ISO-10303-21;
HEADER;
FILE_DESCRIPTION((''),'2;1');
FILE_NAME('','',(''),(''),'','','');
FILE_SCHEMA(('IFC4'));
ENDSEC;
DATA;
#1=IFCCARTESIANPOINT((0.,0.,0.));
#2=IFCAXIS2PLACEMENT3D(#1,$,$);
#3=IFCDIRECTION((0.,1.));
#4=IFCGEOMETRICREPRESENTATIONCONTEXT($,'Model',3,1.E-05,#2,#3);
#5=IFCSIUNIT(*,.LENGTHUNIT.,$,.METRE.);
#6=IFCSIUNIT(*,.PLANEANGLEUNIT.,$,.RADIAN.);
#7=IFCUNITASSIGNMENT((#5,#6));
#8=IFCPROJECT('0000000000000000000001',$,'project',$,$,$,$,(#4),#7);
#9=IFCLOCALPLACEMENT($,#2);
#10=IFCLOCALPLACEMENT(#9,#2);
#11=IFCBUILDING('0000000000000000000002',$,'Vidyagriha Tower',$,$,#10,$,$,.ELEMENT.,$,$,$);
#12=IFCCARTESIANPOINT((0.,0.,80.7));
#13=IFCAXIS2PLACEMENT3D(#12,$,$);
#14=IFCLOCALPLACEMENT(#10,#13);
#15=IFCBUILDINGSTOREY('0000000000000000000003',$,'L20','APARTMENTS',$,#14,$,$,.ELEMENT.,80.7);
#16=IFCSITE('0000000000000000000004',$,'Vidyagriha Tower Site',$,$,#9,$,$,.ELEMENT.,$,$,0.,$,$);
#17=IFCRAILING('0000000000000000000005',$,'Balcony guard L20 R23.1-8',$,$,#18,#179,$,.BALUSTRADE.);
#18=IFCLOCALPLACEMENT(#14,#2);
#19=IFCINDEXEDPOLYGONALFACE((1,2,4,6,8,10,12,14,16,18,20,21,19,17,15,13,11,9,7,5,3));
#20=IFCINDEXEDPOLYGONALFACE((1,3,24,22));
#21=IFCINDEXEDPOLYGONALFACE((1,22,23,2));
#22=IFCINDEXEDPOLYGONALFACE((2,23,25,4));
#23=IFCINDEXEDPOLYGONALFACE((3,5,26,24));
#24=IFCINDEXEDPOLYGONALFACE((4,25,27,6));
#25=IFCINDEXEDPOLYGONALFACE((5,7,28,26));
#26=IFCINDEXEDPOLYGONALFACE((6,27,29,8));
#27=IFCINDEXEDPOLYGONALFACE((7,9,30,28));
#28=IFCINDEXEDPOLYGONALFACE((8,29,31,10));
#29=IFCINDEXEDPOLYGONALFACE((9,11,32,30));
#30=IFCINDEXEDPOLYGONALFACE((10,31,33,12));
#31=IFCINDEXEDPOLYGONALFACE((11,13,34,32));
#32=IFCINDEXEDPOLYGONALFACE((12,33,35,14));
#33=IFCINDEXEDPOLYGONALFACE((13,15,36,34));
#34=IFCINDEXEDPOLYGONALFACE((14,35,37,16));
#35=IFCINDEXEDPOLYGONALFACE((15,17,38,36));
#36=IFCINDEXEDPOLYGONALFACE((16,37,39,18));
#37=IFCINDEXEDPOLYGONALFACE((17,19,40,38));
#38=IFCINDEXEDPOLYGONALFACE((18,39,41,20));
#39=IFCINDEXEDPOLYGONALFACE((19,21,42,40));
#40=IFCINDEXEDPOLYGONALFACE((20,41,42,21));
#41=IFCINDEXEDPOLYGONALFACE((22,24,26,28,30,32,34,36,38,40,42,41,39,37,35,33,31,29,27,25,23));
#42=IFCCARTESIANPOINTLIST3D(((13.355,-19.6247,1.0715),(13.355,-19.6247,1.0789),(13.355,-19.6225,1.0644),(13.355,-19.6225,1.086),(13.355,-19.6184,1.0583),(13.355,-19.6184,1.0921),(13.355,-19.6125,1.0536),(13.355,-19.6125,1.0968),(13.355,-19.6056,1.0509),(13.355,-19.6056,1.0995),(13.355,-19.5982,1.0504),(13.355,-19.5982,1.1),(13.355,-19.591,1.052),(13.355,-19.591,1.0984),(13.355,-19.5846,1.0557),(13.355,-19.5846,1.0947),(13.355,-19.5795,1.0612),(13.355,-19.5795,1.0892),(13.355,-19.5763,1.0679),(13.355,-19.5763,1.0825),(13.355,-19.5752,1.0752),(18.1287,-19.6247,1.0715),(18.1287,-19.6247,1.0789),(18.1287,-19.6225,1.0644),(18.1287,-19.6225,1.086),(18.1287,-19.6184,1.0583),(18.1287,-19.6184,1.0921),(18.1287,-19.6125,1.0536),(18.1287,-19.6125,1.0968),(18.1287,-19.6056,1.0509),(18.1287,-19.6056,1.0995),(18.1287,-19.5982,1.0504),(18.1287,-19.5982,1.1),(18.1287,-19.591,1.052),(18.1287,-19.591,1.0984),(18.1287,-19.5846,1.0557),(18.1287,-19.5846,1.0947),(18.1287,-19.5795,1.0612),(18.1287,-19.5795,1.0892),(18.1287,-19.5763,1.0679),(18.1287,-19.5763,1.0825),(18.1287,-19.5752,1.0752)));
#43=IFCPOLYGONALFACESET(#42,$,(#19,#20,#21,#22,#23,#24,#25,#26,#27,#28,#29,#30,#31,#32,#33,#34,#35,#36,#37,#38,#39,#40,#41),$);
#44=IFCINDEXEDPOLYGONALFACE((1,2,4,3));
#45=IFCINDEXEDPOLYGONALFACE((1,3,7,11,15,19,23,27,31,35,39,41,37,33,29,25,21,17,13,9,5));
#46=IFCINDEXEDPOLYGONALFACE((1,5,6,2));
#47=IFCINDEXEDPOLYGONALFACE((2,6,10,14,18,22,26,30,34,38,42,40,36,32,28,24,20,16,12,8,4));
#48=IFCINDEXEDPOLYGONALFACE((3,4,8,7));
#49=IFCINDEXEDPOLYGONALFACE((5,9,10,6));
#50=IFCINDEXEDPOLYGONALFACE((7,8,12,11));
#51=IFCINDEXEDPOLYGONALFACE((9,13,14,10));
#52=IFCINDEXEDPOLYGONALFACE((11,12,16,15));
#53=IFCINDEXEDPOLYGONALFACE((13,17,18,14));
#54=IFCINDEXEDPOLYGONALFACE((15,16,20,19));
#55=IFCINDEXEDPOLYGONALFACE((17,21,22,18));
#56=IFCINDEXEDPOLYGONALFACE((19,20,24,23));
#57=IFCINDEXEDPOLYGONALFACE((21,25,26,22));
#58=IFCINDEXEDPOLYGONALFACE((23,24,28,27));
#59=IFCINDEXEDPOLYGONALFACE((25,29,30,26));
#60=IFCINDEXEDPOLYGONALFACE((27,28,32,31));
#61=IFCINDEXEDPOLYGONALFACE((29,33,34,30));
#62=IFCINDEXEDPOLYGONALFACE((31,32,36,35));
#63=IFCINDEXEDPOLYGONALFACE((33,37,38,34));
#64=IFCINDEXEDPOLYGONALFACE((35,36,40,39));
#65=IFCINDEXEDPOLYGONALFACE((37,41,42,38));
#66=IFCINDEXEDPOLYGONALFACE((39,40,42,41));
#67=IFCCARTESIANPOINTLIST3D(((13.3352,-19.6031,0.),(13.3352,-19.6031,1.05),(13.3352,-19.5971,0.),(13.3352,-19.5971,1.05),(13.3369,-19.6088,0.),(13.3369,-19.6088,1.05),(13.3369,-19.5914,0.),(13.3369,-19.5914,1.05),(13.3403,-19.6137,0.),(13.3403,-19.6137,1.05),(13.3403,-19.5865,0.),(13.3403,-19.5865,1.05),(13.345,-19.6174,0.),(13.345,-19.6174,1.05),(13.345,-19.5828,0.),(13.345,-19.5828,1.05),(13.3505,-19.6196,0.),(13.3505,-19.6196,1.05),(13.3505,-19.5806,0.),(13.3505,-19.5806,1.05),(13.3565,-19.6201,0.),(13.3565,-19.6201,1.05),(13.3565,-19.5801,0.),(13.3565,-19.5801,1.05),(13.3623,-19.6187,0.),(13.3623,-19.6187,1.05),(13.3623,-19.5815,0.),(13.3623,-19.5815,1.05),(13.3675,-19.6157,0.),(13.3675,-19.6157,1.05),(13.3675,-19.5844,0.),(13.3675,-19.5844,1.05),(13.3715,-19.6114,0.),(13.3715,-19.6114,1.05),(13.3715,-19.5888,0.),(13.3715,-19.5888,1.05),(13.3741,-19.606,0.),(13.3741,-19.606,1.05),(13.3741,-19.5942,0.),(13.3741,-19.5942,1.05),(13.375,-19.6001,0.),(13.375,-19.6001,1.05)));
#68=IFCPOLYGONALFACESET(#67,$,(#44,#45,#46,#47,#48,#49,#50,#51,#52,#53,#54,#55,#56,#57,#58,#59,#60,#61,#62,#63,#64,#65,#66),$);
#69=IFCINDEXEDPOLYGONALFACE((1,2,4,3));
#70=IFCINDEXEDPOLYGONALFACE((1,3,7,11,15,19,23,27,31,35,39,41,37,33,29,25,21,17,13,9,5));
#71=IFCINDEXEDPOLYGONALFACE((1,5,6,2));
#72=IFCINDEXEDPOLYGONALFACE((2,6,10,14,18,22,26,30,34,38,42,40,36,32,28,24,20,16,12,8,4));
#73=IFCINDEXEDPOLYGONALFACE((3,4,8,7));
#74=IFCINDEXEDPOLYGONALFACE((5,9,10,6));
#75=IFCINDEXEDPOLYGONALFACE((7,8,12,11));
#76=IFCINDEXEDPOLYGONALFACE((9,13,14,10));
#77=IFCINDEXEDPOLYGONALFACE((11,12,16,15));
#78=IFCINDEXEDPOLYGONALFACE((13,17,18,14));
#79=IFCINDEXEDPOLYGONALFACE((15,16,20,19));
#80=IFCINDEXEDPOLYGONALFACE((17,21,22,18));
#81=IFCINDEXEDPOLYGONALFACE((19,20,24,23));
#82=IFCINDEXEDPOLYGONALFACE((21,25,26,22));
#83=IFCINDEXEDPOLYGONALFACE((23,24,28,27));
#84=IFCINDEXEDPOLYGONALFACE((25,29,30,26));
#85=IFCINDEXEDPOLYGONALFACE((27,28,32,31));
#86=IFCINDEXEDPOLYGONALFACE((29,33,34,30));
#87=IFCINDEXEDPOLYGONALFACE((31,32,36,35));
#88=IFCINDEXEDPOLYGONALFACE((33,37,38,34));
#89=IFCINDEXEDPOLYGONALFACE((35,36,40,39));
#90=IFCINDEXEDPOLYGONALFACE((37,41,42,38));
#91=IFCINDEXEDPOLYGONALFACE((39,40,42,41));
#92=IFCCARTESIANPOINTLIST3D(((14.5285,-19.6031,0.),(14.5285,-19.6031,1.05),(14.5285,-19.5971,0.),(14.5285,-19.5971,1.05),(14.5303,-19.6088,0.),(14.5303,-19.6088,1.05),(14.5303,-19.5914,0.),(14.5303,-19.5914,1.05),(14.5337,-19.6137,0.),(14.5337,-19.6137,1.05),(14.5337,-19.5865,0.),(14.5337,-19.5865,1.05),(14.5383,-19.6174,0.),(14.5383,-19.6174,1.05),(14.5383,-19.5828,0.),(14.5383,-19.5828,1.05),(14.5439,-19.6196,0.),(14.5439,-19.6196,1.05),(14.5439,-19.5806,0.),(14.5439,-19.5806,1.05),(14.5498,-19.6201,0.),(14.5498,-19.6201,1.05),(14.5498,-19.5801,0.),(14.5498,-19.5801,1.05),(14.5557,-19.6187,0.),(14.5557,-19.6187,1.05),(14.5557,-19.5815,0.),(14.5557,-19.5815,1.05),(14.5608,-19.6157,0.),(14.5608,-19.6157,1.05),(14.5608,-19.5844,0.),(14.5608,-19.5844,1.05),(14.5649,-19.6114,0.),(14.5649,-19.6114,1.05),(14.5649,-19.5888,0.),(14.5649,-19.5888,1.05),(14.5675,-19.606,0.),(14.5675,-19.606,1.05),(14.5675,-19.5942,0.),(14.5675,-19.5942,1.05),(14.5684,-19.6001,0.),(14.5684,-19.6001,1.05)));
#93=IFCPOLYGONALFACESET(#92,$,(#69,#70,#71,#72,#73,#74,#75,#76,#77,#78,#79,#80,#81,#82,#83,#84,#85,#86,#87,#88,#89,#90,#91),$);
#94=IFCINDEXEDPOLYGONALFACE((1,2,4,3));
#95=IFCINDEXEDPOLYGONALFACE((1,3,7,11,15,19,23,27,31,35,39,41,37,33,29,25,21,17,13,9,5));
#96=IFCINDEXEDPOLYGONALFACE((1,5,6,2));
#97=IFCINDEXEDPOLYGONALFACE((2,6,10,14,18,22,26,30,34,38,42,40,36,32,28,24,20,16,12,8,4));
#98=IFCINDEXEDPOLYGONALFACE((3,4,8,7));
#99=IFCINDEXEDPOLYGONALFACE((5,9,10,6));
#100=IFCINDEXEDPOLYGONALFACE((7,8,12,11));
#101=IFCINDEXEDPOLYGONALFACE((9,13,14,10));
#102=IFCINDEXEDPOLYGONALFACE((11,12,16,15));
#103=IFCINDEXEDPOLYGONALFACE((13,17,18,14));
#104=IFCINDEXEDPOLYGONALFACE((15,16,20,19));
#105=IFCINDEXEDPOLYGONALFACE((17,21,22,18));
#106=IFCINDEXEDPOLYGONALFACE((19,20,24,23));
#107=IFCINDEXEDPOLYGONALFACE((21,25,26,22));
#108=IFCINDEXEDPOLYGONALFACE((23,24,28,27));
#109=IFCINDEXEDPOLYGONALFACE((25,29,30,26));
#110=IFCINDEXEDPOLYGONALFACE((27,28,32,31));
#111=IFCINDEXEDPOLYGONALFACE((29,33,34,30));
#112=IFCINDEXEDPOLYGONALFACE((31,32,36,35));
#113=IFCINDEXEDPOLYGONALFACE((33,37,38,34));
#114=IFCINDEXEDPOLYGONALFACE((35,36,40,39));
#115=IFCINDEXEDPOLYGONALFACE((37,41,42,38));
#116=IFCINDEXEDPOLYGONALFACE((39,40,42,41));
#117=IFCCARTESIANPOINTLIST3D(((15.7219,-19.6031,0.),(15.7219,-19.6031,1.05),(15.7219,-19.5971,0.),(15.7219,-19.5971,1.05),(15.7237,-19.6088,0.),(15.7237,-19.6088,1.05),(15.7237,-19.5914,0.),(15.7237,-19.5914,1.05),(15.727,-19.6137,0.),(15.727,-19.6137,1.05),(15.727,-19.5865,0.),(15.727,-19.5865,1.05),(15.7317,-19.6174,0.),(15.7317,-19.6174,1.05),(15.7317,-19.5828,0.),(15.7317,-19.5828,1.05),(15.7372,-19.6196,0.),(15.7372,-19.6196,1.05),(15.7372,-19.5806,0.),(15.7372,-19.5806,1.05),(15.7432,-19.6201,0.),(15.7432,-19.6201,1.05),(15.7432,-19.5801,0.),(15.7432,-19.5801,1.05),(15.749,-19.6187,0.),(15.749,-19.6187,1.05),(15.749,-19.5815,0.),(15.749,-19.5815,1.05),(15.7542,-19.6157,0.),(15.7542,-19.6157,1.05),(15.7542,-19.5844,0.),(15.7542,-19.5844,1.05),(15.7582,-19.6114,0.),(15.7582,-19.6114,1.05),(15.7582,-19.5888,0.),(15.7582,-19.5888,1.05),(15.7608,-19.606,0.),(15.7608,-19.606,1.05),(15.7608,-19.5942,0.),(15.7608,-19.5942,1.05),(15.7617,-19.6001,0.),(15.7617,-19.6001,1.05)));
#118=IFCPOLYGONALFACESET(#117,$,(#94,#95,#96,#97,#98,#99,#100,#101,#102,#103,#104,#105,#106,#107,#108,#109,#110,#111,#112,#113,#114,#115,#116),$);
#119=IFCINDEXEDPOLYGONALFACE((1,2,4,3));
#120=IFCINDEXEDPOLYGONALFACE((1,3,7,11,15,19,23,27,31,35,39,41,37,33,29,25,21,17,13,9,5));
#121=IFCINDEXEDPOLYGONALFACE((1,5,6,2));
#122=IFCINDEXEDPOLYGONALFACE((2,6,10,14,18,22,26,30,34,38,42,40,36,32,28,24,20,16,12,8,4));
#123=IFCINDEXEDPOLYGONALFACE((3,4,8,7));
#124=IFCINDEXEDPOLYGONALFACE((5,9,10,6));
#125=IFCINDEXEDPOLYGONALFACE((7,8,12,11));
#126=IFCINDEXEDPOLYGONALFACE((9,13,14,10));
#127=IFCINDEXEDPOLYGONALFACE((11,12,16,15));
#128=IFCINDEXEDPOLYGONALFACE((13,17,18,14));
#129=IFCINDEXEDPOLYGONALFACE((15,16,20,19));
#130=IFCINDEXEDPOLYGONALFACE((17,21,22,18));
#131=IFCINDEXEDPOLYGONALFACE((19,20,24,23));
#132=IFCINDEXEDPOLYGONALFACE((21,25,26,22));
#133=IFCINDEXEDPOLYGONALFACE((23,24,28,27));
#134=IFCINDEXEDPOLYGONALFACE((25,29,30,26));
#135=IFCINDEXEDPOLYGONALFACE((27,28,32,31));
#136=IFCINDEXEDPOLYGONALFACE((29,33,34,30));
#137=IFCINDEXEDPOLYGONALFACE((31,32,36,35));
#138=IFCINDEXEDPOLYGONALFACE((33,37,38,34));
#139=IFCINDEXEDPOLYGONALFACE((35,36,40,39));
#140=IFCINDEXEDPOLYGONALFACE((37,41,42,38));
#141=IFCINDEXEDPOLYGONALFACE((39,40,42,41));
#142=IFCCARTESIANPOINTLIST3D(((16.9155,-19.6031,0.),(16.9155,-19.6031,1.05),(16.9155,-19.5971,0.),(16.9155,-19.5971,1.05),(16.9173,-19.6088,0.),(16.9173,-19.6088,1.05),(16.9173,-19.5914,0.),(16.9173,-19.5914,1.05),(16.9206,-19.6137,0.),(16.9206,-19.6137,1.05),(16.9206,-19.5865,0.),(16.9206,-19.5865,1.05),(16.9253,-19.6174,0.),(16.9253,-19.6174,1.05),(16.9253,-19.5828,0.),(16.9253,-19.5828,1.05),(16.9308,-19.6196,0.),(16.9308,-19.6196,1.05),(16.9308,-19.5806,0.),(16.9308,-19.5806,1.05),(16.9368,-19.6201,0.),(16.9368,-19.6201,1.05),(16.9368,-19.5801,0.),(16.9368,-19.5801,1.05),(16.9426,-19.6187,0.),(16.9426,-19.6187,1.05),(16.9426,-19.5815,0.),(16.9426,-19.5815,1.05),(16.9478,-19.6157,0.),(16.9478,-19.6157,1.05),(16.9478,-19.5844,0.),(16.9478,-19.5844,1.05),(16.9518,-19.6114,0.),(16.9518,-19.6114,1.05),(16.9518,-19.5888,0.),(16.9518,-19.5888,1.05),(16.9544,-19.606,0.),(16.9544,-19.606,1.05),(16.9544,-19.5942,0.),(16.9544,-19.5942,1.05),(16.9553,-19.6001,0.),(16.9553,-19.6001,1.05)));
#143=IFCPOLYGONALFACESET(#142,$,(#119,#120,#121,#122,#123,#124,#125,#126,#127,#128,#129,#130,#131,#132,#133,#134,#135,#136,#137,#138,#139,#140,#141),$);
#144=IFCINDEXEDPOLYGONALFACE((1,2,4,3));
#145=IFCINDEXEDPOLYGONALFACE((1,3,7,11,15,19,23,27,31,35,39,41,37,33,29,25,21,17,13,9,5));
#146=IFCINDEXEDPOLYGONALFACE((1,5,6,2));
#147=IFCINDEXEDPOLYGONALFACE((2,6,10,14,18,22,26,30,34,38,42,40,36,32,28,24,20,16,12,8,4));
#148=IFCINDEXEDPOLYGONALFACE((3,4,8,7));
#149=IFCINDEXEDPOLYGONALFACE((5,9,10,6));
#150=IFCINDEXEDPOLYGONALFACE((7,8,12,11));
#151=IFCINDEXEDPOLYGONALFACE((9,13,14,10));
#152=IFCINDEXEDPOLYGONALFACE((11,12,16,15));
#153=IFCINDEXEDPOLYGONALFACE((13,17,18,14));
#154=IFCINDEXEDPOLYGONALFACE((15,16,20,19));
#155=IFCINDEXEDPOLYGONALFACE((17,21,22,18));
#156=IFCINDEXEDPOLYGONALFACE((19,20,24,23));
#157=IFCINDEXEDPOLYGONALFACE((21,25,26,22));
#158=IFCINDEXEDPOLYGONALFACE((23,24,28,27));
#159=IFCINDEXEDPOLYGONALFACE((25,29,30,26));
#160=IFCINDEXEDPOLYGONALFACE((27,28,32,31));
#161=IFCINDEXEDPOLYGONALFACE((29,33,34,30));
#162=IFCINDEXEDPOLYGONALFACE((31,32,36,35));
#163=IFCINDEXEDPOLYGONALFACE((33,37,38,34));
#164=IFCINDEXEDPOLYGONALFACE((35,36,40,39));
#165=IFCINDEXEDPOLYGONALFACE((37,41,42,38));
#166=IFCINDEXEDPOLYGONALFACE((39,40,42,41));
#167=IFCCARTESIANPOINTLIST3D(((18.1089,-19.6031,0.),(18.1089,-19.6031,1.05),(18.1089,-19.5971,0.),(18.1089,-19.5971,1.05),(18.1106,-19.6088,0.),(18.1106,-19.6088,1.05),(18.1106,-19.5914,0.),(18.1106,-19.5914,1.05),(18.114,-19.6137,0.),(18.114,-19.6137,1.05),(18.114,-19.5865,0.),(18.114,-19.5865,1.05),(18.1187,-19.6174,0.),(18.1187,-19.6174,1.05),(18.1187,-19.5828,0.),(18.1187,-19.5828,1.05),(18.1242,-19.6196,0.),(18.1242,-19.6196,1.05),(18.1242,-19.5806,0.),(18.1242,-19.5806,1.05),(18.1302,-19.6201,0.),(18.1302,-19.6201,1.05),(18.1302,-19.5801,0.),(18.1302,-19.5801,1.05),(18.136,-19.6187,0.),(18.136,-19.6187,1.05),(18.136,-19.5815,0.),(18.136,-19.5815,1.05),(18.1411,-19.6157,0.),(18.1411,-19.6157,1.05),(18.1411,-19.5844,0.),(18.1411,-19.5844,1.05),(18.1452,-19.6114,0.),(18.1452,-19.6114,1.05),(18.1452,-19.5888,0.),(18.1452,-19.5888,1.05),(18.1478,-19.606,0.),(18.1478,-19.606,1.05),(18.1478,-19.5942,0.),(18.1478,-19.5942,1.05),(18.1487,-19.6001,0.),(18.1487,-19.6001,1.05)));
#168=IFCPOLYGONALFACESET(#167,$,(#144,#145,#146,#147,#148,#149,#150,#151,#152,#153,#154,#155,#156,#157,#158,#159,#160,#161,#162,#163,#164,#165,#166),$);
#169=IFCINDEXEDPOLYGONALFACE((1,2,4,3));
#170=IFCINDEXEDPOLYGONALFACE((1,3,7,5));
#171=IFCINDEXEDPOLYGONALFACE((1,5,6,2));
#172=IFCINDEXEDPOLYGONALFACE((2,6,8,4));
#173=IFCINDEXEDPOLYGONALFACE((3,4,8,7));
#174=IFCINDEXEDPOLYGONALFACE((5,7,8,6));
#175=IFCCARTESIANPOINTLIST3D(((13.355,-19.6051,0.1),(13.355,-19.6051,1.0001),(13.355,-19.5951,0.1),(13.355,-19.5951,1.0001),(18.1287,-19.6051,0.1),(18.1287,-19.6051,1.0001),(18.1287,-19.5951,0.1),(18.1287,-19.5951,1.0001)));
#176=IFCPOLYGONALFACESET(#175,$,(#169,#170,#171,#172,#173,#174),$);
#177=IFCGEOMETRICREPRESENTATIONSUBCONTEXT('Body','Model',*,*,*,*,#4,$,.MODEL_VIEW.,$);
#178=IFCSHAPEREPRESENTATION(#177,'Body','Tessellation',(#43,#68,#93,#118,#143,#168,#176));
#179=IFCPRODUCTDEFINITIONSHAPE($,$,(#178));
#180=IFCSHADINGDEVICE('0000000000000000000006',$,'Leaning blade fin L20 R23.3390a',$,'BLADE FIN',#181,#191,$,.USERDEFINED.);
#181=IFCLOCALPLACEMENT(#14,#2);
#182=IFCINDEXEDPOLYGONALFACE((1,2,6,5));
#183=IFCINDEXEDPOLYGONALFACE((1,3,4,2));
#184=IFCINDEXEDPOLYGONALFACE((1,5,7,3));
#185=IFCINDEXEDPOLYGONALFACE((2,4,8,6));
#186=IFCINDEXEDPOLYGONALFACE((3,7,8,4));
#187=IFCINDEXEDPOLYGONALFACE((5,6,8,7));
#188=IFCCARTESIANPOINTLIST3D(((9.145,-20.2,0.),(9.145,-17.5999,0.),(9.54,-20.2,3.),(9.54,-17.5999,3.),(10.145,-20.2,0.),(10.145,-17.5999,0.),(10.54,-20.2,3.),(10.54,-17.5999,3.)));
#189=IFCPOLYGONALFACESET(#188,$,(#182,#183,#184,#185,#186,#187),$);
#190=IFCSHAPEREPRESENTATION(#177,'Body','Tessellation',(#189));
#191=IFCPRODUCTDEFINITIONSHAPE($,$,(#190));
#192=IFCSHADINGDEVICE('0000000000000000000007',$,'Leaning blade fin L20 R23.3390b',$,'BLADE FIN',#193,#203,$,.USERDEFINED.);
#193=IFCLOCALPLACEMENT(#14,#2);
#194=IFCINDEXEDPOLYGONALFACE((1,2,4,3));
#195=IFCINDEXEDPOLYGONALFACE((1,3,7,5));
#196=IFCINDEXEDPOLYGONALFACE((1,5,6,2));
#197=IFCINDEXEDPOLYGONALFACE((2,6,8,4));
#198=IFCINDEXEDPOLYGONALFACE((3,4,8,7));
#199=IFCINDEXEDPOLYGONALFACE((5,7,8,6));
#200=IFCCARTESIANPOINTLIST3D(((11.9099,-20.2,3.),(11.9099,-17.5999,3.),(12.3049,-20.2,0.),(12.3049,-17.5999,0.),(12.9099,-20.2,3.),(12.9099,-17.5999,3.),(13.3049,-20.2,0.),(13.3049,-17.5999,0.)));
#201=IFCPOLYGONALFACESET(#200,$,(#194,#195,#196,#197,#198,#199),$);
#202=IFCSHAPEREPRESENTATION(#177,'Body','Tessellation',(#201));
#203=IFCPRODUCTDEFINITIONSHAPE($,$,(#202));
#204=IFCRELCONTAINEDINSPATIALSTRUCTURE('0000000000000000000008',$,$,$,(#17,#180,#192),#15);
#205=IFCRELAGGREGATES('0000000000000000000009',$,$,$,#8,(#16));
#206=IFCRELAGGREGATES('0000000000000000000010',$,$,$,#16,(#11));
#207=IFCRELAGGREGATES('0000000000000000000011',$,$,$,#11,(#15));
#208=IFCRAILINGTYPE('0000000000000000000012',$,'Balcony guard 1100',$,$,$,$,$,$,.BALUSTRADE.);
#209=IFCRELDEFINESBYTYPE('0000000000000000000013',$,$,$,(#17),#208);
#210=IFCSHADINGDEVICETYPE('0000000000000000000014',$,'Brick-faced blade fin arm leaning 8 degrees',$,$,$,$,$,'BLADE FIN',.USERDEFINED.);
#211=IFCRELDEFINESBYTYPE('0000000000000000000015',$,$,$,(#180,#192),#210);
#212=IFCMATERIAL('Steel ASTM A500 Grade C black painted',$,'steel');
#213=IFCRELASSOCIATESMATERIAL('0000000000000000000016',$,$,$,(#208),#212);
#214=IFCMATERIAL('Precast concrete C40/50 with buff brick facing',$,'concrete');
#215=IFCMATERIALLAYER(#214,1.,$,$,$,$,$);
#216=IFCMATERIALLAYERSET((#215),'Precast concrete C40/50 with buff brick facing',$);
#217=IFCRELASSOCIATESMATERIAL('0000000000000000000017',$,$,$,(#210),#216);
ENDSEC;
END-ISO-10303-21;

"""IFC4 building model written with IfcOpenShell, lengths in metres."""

from ifc_helpers import new_model, si_unit, direction, frame, origin, origin_2d, place, context, subcontext, project, spatial, polyline, rectangle, circle, outline, extrude, material, layer, layer_set, type_object, element, save


model = new_model("IFC4")

# Units and contexts
model_context = context("Model", 3, precision=1e-05, world=origin(), true_north=direction((0.0, 1.0)))
body_context = subcontext(model_context, "Body", "Model", "MODEL_VIEW")
ifc_project = project(units=[si_unit("LENGTHUNIT", "METRE"), si_unit("PLANEANGLEUNIT", "RADIAN")], contexts=[model_context])

# Site, building, storey
site_placement = place(None, origin())
site = spatial("IfcSite", under=ifc_project, at=site_placement, Name="Vidyagriha Tower Site", CompositionType="ELEMENT", RefElevation=0.0)
building_placement = place(site_placement, origin())
building = spatial("IfcBuilding", under=site, at=building_placement, Name="Vidyagriha Tower", CompositionType="ELEMENT")
storey_placement = place(building_placement, frame((0.0, 0.0, 80.7)))
storey = spatial("IfcBuildingStorey", under=building, at=storey_placement, Name="L20", Description="APARTMENTS", CompositionType="ELEMENT", Elevation=80.7)

# Railing
ifc_material_1 = material(Name="Steel ASTM A500 Grade C black painted", Category="steel")
railing_type = type_object("IfcRailingType", Name="Balcony guard 1100", PredefinedType="BALUSTRADE", material=ifc_material_1)
railing_1_placement = place(storey_placement, frame((13.355, -19.6001, 0.0)))
element("IfcRailing", 1, at=railing_1_placement, inside=storey, type_object=railing_type, Name="Balcony guard L20 R23.1-8", PredefinedType="BALUSTRADE", context=body_context, shape_type="SweptSolid", body=[
    extrude(circle(Radius=0.0249, at=origin_2d()), frame((0.0, 0.0, 1.0752), z_axis=(1.0, 0.0, 0.0), x_axis=(0.0, 1.0, 0.0)), (0.0, 0.0, 1.0), 4.7737),
    extrude(circle(Radius=0.02, at=origin_2d()), origin(), (0.0, 0.0, 1.0), 1.05),
    extrude(circle(Radius=0.02, at=origin_2d()), frame((1.1934, 0.0, 0.0)), (0.0, 0.0, 1.0), 1.05),
    extrude(circle(Radius=0.02, at=origin_2d()), frame((2.3867, 0.0, 0.0)), (0.0, 0.0, 1.0), 1.05),
    extrude(circle(Radius=0.02, at=origin_2d()), frame((3.5803, 0.0, 0.0)), (0.0, 0.0, 1.0), 1.05),
    extrude(circle(Radius=0.02, at=origin_2d()), frame((4.7737, 0.0, 0.0)), (0.0, 0.0, 1.0), 1.05),
    extrude(rectangle(XDim=0.01, YDim=0.9001, at=origin_2d()), frame((0.0, 0.0, 0.55), z_axis=(1.0, 0.0, 0.0), x_axis=(0.0, 1.0, 0.0)), (0.0, 0.0, 1.0), 4.7737),
])

# Shading devices
ifc_material_2 = material(Name="Precast concrete C40/50 with buff brick facing", Category="concrete")
ifc_layer_1 = layer(ifc_material_2, 1.0)
ifc_layer_set_1 = layer_set([ifc_layer_1], Name="Precast concrete C40/50 with buff brick facing")
shading_device_type = type_object("IfcShadingDeviceType", Name="Brick-faced blade fin arm leaning 8 degrees", ElementType="BLADE FIN", PredefinedType="USERDEFINED", material=ifc_layer_set_1)
shading_device_1_placement = place(storey_placement, frame((9.145, -18.8999, 0.0)))
element("IfcShadingDevice", 2, at=shading_device_1_placement, inside=storey, type_object=shading_device_type, Name="Leaning blade fin L20 R23.3390a", ObjectType="BLADE FIN", PredefinedType="USERDEFINED", context=body_context, shape_type="SweptSolid", body=[
    extrude(outline(polyline([(0.0, 0.0), (1.0, 0.0), (1.395, 3.0), (0.395, 3.0), (0.0, 0.0)])), frame((0.0, 1.3, 0.0), z_axis=(0.0, -1.0, 0.0), x_axis=(1.0, 0.0, 0.0)), (0.0, 0.0, 1.0), 2.6001),
])
shading_device_2_placement = place(storey_placement, frame((11.9099, -18.8999, 0.0)))
element("IfcShadingDevice", 3, at=shading_device_2_placement, inside=storey, type_object=shading_device_type, Name="Leaning blade fin L20 R23.3390b", ObjectType="BLADE FIN", PredefinedType="USERDEFINED", context=body_context, shape_type="SweptSolid", body=[
    extrude(outline(polyline([(0.395, 0.0), (1.395, 0.0), (1.0, 3.0), (0.0, 3.0), (0.395, 0.0)])), frame((0.0, 1.3, 0.0), z_axis=(0.0, -1.0, 0.0), x_axis=(1.0, 0.0, 0.0)), (0.0, 0.0, 1.0), 2.6001),
])

save(model, "model.ifc")
